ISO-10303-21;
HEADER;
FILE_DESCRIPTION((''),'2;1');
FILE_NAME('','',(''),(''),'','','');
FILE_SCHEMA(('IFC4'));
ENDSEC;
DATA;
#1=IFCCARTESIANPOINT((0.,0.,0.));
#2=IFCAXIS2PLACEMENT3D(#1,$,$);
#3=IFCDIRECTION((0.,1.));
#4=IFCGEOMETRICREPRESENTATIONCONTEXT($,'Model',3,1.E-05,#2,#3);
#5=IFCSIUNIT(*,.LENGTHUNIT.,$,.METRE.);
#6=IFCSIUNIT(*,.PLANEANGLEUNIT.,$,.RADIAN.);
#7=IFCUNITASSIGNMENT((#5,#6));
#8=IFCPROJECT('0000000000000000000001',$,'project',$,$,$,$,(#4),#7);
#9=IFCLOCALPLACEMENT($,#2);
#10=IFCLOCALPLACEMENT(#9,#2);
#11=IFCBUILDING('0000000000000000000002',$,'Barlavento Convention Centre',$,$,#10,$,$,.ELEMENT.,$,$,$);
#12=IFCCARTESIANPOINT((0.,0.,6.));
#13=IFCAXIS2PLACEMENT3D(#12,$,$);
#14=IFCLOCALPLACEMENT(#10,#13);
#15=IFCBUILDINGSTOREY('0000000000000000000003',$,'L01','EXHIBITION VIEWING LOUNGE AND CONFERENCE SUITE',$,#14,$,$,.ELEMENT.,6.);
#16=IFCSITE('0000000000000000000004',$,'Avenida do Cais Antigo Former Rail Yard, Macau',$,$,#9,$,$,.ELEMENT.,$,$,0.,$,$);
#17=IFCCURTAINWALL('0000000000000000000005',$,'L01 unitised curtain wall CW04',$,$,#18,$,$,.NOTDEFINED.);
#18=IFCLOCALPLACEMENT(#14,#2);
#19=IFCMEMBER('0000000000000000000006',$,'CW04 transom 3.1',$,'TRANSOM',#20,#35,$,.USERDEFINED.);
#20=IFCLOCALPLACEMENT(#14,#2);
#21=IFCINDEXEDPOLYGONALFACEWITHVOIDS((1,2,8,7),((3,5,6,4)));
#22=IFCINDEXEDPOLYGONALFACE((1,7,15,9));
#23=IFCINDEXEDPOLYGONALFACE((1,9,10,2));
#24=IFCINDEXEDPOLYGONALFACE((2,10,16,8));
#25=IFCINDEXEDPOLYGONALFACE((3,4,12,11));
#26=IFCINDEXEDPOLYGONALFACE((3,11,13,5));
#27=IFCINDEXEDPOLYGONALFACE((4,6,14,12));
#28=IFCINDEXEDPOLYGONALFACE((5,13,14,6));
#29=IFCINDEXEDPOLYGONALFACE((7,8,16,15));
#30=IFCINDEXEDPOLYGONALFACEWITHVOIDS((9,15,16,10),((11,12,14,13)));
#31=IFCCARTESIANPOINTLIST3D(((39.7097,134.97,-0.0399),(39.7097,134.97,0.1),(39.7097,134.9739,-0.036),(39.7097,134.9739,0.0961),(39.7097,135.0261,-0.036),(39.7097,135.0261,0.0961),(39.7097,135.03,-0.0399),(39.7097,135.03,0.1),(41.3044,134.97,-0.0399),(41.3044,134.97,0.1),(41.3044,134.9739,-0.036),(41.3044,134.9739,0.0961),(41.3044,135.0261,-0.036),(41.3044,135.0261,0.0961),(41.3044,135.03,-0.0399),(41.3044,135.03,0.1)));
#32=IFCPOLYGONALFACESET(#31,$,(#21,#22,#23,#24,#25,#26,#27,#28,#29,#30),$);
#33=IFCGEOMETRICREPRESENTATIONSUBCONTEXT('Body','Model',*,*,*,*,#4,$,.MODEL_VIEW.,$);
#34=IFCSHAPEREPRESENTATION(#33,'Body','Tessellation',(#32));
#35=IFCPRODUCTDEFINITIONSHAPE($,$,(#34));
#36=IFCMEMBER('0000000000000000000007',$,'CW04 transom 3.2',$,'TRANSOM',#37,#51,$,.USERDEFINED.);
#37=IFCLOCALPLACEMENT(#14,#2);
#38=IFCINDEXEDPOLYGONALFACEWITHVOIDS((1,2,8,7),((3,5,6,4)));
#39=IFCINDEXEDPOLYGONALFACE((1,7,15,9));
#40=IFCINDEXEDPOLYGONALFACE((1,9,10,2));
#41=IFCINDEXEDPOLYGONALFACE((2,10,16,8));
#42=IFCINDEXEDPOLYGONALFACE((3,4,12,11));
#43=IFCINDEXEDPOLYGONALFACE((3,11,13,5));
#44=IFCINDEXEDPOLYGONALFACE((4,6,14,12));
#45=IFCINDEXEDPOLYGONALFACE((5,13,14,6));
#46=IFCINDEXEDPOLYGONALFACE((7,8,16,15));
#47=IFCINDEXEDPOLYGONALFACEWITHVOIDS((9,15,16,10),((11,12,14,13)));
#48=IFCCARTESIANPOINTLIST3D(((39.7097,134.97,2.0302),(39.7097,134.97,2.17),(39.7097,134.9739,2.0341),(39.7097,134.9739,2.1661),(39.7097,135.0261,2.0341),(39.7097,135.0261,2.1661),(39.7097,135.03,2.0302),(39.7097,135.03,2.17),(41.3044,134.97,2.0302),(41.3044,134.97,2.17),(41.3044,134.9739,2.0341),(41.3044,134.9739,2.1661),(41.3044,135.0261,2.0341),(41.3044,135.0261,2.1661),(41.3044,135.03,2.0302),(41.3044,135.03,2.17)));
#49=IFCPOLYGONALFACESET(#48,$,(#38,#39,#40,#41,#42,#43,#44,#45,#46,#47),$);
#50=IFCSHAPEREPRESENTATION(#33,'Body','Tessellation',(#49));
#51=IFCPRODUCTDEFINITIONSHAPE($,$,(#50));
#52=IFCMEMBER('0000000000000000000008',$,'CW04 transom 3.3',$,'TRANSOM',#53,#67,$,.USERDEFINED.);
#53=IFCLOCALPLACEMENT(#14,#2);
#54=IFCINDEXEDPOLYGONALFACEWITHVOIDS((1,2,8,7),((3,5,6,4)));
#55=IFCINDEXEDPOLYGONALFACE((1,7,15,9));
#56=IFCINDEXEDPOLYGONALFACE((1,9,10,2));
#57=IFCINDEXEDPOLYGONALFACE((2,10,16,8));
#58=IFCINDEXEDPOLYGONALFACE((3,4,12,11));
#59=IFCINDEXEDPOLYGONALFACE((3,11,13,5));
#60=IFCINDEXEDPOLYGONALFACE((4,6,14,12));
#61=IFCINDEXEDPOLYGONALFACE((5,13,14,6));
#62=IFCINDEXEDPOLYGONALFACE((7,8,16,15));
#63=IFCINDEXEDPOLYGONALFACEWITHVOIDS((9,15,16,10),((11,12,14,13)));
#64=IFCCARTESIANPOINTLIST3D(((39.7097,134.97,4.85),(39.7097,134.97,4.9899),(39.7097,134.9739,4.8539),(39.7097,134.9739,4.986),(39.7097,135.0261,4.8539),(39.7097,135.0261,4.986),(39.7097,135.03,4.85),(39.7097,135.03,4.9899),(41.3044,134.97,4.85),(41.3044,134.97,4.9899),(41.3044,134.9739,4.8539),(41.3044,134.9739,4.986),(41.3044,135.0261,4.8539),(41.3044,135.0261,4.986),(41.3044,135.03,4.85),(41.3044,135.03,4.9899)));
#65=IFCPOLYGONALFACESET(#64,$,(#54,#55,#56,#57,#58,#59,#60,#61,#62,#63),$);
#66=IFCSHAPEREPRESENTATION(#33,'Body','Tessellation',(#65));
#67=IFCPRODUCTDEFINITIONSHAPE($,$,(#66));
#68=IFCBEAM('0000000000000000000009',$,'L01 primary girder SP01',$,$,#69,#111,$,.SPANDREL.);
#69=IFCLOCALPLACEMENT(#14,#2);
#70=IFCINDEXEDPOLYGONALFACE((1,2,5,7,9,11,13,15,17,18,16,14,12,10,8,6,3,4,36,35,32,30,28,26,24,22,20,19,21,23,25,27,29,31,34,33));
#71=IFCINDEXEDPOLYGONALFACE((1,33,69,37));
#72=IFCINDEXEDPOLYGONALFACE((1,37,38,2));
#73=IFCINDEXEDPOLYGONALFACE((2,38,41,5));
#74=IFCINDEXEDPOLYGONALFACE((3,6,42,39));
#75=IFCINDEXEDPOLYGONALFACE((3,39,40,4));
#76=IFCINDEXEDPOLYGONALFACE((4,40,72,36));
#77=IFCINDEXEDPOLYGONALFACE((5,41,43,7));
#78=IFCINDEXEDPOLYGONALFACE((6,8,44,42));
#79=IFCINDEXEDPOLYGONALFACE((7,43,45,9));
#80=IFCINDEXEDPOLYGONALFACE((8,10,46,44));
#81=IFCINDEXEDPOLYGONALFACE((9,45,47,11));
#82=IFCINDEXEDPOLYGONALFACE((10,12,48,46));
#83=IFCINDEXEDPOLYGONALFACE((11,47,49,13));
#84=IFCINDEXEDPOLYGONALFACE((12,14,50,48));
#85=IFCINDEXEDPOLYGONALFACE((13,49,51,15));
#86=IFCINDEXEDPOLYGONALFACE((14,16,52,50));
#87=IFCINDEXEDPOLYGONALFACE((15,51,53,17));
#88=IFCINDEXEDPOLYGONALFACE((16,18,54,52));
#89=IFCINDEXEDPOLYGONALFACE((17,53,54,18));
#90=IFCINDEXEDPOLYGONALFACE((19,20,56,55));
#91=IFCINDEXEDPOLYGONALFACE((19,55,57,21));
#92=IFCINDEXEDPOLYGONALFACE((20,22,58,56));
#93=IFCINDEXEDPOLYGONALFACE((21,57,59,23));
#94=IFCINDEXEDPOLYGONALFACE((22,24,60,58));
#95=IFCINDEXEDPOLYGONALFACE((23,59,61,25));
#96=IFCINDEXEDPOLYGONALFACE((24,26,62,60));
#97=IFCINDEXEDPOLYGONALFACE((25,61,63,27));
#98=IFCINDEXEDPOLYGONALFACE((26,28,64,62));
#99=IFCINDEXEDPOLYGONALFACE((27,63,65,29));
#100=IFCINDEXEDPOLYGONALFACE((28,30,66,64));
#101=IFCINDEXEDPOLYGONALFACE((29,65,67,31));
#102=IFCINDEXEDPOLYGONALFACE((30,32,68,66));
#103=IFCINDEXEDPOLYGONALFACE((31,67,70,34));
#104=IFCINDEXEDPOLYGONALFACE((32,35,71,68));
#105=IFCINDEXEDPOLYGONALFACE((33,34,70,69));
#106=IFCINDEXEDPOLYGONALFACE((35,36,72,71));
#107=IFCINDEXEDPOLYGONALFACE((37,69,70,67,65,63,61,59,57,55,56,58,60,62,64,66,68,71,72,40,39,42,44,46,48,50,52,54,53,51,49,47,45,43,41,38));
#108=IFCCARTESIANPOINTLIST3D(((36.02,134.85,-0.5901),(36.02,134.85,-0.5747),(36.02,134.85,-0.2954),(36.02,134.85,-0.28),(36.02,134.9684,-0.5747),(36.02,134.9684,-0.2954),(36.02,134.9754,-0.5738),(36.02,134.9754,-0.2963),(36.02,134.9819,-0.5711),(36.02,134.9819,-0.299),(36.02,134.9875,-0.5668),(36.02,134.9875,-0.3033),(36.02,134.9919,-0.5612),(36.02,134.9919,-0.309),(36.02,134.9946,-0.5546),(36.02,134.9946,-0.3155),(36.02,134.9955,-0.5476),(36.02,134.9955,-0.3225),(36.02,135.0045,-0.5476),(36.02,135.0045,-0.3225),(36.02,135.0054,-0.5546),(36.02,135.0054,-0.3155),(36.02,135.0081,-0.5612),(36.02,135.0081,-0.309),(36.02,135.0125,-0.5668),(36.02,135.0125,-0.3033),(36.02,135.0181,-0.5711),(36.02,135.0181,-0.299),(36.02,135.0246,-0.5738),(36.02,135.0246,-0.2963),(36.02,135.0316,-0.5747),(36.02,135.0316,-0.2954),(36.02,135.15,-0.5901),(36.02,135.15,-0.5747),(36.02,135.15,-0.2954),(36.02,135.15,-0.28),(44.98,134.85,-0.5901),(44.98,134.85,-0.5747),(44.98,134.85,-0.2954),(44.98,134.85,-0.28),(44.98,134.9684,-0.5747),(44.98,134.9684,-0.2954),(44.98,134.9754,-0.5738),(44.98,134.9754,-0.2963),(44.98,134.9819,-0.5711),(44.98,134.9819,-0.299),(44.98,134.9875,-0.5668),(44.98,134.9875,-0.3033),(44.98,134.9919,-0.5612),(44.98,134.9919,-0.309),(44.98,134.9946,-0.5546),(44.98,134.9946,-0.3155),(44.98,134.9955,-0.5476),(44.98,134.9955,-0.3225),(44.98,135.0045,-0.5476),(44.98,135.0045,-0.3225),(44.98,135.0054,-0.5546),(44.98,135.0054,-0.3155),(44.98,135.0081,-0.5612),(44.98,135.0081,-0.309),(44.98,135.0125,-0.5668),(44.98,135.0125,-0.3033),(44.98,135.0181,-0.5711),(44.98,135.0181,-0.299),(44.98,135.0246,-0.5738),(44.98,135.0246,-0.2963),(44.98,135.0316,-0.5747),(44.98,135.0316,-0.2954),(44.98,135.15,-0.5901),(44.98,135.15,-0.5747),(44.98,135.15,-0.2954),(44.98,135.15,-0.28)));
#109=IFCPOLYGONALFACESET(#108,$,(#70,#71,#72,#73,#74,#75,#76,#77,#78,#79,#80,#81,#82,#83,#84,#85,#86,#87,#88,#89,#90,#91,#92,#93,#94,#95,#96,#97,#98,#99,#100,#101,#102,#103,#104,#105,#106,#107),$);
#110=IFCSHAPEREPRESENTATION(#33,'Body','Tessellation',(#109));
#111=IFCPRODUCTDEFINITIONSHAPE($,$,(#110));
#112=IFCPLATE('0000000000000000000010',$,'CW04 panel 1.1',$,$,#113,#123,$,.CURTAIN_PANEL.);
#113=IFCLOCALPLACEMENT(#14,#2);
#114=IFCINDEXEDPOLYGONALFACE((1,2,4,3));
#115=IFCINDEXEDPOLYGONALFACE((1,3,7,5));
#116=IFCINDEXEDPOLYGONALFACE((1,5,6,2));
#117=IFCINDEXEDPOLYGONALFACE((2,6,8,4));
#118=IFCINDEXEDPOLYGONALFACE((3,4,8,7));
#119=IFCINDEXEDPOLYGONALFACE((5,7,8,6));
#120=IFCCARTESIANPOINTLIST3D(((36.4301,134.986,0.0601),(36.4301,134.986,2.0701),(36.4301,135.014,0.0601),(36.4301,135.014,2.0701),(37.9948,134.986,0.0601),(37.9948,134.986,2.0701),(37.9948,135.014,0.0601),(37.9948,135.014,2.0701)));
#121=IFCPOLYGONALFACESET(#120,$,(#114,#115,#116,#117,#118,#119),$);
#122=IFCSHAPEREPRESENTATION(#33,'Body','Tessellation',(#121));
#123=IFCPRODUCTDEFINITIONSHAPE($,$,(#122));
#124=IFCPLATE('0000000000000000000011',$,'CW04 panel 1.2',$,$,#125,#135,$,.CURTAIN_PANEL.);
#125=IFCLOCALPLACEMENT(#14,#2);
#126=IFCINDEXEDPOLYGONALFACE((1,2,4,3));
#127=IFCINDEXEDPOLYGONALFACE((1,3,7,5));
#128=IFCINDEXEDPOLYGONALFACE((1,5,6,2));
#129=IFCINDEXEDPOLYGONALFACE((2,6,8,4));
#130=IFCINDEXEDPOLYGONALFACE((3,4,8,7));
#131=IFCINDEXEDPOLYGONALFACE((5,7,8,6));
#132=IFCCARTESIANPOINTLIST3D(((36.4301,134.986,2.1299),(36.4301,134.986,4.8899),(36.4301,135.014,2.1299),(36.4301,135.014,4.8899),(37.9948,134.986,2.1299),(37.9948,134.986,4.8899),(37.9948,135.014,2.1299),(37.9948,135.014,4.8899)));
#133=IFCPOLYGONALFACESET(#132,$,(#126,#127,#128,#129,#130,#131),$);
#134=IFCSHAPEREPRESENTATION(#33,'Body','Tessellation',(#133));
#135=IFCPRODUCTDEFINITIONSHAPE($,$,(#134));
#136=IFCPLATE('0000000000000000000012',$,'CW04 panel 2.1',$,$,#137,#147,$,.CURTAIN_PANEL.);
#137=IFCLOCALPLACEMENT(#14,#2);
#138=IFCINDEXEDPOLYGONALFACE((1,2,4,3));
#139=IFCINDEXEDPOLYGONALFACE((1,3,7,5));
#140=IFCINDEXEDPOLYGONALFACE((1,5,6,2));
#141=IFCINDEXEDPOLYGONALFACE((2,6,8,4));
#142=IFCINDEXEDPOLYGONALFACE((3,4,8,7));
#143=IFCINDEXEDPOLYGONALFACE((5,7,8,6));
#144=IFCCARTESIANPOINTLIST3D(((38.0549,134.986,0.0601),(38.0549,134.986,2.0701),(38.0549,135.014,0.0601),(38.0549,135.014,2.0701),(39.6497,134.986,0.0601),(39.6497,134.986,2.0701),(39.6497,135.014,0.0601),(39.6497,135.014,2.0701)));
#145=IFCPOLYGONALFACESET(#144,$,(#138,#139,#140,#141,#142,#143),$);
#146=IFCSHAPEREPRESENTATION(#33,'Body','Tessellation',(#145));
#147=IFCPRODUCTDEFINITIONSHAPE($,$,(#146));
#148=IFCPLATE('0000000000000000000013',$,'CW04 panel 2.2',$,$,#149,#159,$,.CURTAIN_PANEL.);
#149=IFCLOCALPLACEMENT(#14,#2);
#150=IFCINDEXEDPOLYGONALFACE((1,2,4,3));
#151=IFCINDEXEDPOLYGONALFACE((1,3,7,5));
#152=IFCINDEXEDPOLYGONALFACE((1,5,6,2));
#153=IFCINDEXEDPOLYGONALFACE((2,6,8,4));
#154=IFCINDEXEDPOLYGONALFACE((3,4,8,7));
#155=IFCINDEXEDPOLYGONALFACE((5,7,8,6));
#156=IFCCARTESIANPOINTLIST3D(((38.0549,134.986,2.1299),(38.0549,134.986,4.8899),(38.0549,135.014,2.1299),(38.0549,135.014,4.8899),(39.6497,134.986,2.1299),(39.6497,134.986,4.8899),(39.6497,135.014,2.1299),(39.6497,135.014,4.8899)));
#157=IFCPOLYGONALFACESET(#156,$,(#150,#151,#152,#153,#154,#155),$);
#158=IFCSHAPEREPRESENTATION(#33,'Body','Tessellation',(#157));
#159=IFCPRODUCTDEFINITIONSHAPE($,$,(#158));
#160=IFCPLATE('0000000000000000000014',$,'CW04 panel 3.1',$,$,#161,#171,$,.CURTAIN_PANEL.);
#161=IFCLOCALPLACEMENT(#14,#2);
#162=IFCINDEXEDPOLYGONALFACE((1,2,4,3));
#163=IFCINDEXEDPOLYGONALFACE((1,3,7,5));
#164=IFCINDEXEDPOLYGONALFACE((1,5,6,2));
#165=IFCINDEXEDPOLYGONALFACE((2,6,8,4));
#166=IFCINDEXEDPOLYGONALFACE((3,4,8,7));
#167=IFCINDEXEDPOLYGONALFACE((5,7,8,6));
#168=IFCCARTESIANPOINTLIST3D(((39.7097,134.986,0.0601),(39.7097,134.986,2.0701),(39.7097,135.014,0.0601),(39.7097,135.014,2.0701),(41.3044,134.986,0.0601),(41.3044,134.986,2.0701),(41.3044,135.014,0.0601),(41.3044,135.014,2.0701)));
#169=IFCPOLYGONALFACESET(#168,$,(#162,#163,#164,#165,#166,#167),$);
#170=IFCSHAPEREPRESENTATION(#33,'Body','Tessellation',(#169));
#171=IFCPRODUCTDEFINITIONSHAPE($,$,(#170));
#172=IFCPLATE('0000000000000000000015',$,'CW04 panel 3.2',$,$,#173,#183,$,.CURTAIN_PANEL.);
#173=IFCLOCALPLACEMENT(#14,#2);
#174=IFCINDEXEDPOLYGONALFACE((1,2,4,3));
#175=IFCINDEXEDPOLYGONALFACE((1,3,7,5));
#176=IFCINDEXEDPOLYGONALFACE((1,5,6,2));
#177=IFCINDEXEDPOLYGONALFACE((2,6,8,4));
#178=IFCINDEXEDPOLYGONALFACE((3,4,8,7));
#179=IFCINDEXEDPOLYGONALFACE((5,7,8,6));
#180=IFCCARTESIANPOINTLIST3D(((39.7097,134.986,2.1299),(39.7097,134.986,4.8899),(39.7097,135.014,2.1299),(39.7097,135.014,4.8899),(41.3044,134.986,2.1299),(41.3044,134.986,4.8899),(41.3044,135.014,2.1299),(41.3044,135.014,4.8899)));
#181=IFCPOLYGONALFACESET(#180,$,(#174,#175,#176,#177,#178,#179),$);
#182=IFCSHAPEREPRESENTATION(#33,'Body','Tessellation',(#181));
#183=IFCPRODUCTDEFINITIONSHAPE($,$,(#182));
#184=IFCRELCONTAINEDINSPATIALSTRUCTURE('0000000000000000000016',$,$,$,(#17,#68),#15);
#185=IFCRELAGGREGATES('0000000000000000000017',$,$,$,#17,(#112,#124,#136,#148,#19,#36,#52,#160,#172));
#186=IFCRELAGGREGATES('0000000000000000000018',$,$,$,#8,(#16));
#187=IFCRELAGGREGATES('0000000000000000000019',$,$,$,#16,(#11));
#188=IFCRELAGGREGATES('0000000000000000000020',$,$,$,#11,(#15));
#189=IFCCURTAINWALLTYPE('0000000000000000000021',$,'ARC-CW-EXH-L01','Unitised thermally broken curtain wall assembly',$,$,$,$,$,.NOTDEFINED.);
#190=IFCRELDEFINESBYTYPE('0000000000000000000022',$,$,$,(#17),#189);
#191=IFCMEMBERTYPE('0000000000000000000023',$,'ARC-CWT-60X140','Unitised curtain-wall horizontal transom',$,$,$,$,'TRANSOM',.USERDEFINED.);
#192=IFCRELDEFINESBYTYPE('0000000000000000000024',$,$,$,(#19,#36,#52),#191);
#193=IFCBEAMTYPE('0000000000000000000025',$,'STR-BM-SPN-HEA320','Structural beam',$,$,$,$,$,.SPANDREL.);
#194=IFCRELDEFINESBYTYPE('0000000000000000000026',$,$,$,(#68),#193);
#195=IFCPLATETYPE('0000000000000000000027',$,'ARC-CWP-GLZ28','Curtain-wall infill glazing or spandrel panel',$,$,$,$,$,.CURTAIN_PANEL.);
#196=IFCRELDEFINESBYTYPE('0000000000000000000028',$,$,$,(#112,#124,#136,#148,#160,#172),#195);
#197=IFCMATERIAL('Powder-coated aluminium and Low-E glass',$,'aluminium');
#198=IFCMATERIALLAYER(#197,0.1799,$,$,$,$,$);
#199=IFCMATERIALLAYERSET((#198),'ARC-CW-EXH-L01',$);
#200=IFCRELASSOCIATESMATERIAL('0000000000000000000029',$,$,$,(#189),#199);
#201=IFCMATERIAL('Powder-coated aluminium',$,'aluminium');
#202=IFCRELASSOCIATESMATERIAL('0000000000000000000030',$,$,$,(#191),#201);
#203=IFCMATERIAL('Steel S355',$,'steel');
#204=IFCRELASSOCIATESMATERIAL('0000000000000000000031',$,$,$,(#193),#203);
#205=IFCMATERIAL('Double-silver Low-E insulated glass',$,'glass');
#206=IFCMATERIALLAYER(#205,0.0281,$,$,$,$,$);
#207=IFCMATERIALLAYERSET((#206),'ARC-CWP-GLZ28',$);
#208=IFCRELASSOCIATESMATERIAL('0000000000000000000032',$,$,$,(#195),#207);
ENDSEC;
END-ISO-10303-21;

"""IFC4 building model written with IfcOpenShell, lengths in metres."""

from ifc_helpers import new_model, si_unit, direction, frame, origin, origin_2d, place, context, subcontext, project, spatial, rectangle, hollow_rectangle, i_section, extrude, material, layer, layer_set, material_profile, profile_set, type_object, element, aggregate, save


model = new_model("IFC4")

# Units and contexts
model_context = context("Model", 3, precision=1e-05, world=origin(), true_north=direction((0.0, 1.0)))
body_context = subcontext(model_context, "Body", "Model", "MODEL_VIEW")
ifc_project = project(units=[si_unit("LENGTHUNIT", "METRE"), si_unit("PLANEANGLEUNIT", "RADIAN")], contexts=[model_context])

# Site, building, storey
site_placement = place(None, origin())
site = spatial("IfcSite", under=ifc_project, at=site_placement, Name="Avenida do Cais Antigo Former Rail Yard, Macau", CompositionType="ELEMENT", RefElevation=0.0)
building_placement = place(site_placement, origin())
building = spatial("IfcBuilding", under=site, at=building_placement, Name="Barlavento Convention Centre", CompositionType="ELEMENT")
storey_placement = place(building_placement, frame((0.0, 0.0, 6.0)))
storey = spatial("IfcBuildingStorey", under=building, at=storey_placement, Name="L01", Description="EXHIBITION VIEWING LOUNGE AND CONFERENCE SUITE", CompositionType="ELEMENT", Elevation=6.0)

# Shared definitions
ifc_material_1 = material(Name="Powder-coated aluminium and Low-E glass", Category="aluminium")
ifc_layer_1 = layer(ifc_material_1, 0.1799)
ifc_layer_set_1 = layer_set([ifc_layer_1], Name="ARC-CW-EXH-L01")
curtain_wall_type = type_object("IfcCurtainWallType", Name="ARC-CW-EXH-L01", Description="Unitised thermally broken curtain wall assembly", PredefinedType="NOTDEFINED", material=ifc_layer_set_1)
ifc_material_2 = material(Name="Powder-coated aluminium", Category="aluminium")

# Curtain wall, members
curtain_wall_1_placement = place(storey_placement, origin())
curtain_wall_1 = element("IfcCurtainWall", 1, at=curtain_wall_1_placement, inside=storey, type_object=curtain_wall_type, Name="L01 unitised curtain wall CW04", PredefinedType="NOTDEFINED")
ifc_material_profile_1 = material_profile(ifc_material_2, hollow_rectangle(XDim=0.0601, YDim=0.1399, WallThickness=0.0039, at=origin_2d()), Name="AL-TRAN 60x140x4")
ifc_profile_set_1 = profile_set([ifc_material_profile_1], Name="Powder-coated aluminium")
member_type_1 = type_object("IfcMemberType", Name="ARC-CWT-60X140", Description="Unitised curtain-wall horizontal transom", ElementType="TRANSOM", PredefinedType="USERDEFINED", material=ifc_profile_set_1)
member_1_placement = place(storey_placement, frame((39.7097, 135.0, 0.03), z_axis=(1.0, 0.0, 0.0), x_axis=(0.0, 1.0, 0.0)))
member_1 = element("IfcMember", 2, at=member_1_placement, type_object=member_type_1, Name="CW04 transom 3.1", ObjectType="TRANSOM", PredefinedType="USERDEFINED", context=body_context, shape_type="SweptSolid", body=[
    extrude(hollow_rectangle(XDim=0.0601, YDim=0.1399, WallThickness=0.0039, at=origin_2d()), origin(), (0.0, 0.0, 1.0), 1.5947),
])
member_2_placement = place(storey_placement, frame((39.7097, 135.0, 2.1001), z_axis=(1.0, 0.0, 0.0), x_axis=(0.0, 1.0, 0.0)))
member_2 = element("IfcMember", 3, at=member_2_placement, type_object=member_type_1, Name="CW04 transom 3.2", ObjectType="TRANSOM", PredefinedType="USERDEFINED", context=body_context, shape_type="SweptSolid", body=[
    extrude(hollow_rectangle(XDim=0.0601, YDim=0.1399, WallThickness=0.0039, at=origin_2d()), origin(), (0.0, 0.0, 1.0), 1.5947),
])
member_3_placement = place(storey_placement, frame((39.7097, 135.0, 4.9199), z_axis=(1.0, 0.0, 0.0), x_axis=(0.0, 1.0, 0.0)))
member_3 = element("IfcMember", 4, at=member_3_placement, type_object=member_type_1, Name="CW04 transom 3.3", ObjectType="TRANSOM", PredefinedType="USERDEFINED", context=body_context, shape_type="SweptSolid", body=[
    extrude(hollow_rectangle(XDim=0.0601, YDim=0.1399, WallThickness=0.0039, at=origin_2d()), origin(), (0.0, 0.0, 1.0), 1.5947),
])

# Beam
ifc_material_3 = material(Name="Steel S355", Category="steel")
ifc_material_profile_2 = material_profile(ifc_material_3, i_section(OverallWidth=0.3, OverallDepth=0.3101, WebThickness=0.009, FlangeThickness=0.0154, FilletRadius=0.0271, at=origin_2d()), Name="HEA 320")
ifc_profile_set_2 = profile_set([ifc_material_profile_2], Name="Steel S355")
beam_type = type_object("IfcBeamType", Name="STR-BM-SPN-HEA320", Description="Structural beam", PredefinedType="SPANDREL", material=ifc_profile_set_2)
beam_placement = place(storey_placement, frame((36.02, 135.0, -0.4351), z_axis=(1.0, 0.0, 0.0), x_axis=(0.0, 1.0, 0.0)))
element("IfcBeam", 5, at=beam_placement, inside=storey, type_object=beam_type, Name="L01 primary girder SP01", PredefinedType="SPANDREL", context=body_context, shape_type="SweptSolid", body=[
    extrude(i_section(OverallWidth=0.3, OverallDepth=0.3101, WebThickness=0.009, FlangeThickness=0.0154, FilletRadius=0.0271, at=origin_2d()), origin(), (0.0, 0.0, 1.0), 8.96),
])

# Plates
ifc_material_4 = material(Name="Double-silver Low-E insulated glass", Category="glass")
ifc_layer_2 = layer(ifc_material_4, 0.0281)
ifc_layer_set_2 = layer_set([ifc_layer_2], Name="ARC-CWP-GLZ28")
plate_type = type_object("IfcPlateType", Name="ARC-CWP-GLZ28", Description="Curtain-wall infill glazing or spandrel panel", PredefinedType="CURTAIN_PANEL", material=ifc_layer_set_2)
plate_1_placement = place(storey_placement, frame((37.2124, 135.0, 0.0601), z_axis=(0.0, 0.0, 1.0), x_axis=(1.0, 0.0, 0.0)))
plate_1 = element("IfcPlate", 6, at=plate_1_placement, type_object=plate_type, Name="CW04 panel 1.1", PredefinedType="CURTAIN_PANEL", context=body_context, shape_type="SweptSolid", body=[
    extrude(rectangle(XDim=1.5647, YDim=0.0281, at=origin_2d()), origin(), (0.0, 0.0, 1.0), 2.01),
])
plate_2_placement = place(storey_placement, frame((37.2124, 135.0, 2.1299), z_axis=(0.0, 0.0, 1.0), x_axis=(1.0, 0.0, 0.0)))
plate_2 = element("IfcPlate", 7, at=plate_2_placement, type_object=plate_type, Name="CW04 panel 1.2", PredefinedType="CURTAIN_PANEL", context=body_context, shape_type="SweptSolid", body=[
    extrude(rectangle(XDim=1.5647, YDim=0.0281, at=origin_2d()), origin(), (0.0, 0.0, 1.0), 2.76),
])
plate_3_placement = place(storey_placement, frame((38.8523, 135.0, 0.0601), z_axis=(0.0, 0.0, 1.0), x_axis=(1.0, 0.0, 0.0)))
plate_3 = element("IfcPlate", 8, at=plate_3_placement, type_object=plate_type, Name="CW04 panel 2.1", PredefinedType="CURTAIN_PANEL", context=body_context, shape_type="SweptSolid", body=[
    extrude(rectangle(XDim=1.5947, YDim=0.0281, at=origin_2d()), origin(), (0.0, 0.0, 1.0), 2.01),
])
plate_4_placement = place(storey_placement, frame((38.8523, 135.0, 2.1299), z_axis=(0.0, 0.0, 1.0), x_axis=(1.0, 0.0, 0.0)))
plate_4 = element("IfcPlate", 9, at=plate_4_placement, type_object=plate_type, Name="CW04 panel 2.2", PredefinedType="CURTAIN_PANEL", context=body_context, shape_type="SweptSolid", body=[
    extrude(rectangle(XDim=1.5947, YDim=0.0281, at=origin_2d()), origin(), (0.0, 0.0, 1.0), 2.76),
])
plate_5_placement = place(storey_placement, frame((40.5071, 135.0, 0.0601), z_axis=(0.0, 0.0, 1.0), x_axis=(1.0, 0.0, 0.0)))
plate_5 = element("IfcPlate", 10, at=plate_5_placement, type_object=plate_type, Name="CW04 panel 3.1", PredefinedType="CURTAIN_PANEL", context=body_context, shape_type="SweptSolid", body=[
    extrude(rectangle(XDim=1.5947, YDim=0.0281, at=origin_2d()), origin(), (0.0, 0.0, 1.0), 2.01),
])
plate_6_placement = place(storey_placement, frame((40.5071, 135.0, 2.1299), z_axis=(0.0, 0.0, 1.0), x_axis=(1.0, 0.0, 0.0)))
plate_6 = element("IfcPlate", 11, at=plate_6_placement, type_object=plate_type, Name="CW04 panel 3.2", PredefinedType="CURTAIN_PANEL", context=body_context, shape_type="SweptSolid", body=[
    extrude(rectangle(XDim=1.5947, YDim=0.0281, at=origin_2d()), origin(), (0.0, 0.0, 1.0), 2.76),
])
aggregate(curtain_wall_1, [plate_1, plate_2, plate_3, plate_4, member_1, member_2, member_3, plate_5, plate_6])

save(model, "model.ifc")
